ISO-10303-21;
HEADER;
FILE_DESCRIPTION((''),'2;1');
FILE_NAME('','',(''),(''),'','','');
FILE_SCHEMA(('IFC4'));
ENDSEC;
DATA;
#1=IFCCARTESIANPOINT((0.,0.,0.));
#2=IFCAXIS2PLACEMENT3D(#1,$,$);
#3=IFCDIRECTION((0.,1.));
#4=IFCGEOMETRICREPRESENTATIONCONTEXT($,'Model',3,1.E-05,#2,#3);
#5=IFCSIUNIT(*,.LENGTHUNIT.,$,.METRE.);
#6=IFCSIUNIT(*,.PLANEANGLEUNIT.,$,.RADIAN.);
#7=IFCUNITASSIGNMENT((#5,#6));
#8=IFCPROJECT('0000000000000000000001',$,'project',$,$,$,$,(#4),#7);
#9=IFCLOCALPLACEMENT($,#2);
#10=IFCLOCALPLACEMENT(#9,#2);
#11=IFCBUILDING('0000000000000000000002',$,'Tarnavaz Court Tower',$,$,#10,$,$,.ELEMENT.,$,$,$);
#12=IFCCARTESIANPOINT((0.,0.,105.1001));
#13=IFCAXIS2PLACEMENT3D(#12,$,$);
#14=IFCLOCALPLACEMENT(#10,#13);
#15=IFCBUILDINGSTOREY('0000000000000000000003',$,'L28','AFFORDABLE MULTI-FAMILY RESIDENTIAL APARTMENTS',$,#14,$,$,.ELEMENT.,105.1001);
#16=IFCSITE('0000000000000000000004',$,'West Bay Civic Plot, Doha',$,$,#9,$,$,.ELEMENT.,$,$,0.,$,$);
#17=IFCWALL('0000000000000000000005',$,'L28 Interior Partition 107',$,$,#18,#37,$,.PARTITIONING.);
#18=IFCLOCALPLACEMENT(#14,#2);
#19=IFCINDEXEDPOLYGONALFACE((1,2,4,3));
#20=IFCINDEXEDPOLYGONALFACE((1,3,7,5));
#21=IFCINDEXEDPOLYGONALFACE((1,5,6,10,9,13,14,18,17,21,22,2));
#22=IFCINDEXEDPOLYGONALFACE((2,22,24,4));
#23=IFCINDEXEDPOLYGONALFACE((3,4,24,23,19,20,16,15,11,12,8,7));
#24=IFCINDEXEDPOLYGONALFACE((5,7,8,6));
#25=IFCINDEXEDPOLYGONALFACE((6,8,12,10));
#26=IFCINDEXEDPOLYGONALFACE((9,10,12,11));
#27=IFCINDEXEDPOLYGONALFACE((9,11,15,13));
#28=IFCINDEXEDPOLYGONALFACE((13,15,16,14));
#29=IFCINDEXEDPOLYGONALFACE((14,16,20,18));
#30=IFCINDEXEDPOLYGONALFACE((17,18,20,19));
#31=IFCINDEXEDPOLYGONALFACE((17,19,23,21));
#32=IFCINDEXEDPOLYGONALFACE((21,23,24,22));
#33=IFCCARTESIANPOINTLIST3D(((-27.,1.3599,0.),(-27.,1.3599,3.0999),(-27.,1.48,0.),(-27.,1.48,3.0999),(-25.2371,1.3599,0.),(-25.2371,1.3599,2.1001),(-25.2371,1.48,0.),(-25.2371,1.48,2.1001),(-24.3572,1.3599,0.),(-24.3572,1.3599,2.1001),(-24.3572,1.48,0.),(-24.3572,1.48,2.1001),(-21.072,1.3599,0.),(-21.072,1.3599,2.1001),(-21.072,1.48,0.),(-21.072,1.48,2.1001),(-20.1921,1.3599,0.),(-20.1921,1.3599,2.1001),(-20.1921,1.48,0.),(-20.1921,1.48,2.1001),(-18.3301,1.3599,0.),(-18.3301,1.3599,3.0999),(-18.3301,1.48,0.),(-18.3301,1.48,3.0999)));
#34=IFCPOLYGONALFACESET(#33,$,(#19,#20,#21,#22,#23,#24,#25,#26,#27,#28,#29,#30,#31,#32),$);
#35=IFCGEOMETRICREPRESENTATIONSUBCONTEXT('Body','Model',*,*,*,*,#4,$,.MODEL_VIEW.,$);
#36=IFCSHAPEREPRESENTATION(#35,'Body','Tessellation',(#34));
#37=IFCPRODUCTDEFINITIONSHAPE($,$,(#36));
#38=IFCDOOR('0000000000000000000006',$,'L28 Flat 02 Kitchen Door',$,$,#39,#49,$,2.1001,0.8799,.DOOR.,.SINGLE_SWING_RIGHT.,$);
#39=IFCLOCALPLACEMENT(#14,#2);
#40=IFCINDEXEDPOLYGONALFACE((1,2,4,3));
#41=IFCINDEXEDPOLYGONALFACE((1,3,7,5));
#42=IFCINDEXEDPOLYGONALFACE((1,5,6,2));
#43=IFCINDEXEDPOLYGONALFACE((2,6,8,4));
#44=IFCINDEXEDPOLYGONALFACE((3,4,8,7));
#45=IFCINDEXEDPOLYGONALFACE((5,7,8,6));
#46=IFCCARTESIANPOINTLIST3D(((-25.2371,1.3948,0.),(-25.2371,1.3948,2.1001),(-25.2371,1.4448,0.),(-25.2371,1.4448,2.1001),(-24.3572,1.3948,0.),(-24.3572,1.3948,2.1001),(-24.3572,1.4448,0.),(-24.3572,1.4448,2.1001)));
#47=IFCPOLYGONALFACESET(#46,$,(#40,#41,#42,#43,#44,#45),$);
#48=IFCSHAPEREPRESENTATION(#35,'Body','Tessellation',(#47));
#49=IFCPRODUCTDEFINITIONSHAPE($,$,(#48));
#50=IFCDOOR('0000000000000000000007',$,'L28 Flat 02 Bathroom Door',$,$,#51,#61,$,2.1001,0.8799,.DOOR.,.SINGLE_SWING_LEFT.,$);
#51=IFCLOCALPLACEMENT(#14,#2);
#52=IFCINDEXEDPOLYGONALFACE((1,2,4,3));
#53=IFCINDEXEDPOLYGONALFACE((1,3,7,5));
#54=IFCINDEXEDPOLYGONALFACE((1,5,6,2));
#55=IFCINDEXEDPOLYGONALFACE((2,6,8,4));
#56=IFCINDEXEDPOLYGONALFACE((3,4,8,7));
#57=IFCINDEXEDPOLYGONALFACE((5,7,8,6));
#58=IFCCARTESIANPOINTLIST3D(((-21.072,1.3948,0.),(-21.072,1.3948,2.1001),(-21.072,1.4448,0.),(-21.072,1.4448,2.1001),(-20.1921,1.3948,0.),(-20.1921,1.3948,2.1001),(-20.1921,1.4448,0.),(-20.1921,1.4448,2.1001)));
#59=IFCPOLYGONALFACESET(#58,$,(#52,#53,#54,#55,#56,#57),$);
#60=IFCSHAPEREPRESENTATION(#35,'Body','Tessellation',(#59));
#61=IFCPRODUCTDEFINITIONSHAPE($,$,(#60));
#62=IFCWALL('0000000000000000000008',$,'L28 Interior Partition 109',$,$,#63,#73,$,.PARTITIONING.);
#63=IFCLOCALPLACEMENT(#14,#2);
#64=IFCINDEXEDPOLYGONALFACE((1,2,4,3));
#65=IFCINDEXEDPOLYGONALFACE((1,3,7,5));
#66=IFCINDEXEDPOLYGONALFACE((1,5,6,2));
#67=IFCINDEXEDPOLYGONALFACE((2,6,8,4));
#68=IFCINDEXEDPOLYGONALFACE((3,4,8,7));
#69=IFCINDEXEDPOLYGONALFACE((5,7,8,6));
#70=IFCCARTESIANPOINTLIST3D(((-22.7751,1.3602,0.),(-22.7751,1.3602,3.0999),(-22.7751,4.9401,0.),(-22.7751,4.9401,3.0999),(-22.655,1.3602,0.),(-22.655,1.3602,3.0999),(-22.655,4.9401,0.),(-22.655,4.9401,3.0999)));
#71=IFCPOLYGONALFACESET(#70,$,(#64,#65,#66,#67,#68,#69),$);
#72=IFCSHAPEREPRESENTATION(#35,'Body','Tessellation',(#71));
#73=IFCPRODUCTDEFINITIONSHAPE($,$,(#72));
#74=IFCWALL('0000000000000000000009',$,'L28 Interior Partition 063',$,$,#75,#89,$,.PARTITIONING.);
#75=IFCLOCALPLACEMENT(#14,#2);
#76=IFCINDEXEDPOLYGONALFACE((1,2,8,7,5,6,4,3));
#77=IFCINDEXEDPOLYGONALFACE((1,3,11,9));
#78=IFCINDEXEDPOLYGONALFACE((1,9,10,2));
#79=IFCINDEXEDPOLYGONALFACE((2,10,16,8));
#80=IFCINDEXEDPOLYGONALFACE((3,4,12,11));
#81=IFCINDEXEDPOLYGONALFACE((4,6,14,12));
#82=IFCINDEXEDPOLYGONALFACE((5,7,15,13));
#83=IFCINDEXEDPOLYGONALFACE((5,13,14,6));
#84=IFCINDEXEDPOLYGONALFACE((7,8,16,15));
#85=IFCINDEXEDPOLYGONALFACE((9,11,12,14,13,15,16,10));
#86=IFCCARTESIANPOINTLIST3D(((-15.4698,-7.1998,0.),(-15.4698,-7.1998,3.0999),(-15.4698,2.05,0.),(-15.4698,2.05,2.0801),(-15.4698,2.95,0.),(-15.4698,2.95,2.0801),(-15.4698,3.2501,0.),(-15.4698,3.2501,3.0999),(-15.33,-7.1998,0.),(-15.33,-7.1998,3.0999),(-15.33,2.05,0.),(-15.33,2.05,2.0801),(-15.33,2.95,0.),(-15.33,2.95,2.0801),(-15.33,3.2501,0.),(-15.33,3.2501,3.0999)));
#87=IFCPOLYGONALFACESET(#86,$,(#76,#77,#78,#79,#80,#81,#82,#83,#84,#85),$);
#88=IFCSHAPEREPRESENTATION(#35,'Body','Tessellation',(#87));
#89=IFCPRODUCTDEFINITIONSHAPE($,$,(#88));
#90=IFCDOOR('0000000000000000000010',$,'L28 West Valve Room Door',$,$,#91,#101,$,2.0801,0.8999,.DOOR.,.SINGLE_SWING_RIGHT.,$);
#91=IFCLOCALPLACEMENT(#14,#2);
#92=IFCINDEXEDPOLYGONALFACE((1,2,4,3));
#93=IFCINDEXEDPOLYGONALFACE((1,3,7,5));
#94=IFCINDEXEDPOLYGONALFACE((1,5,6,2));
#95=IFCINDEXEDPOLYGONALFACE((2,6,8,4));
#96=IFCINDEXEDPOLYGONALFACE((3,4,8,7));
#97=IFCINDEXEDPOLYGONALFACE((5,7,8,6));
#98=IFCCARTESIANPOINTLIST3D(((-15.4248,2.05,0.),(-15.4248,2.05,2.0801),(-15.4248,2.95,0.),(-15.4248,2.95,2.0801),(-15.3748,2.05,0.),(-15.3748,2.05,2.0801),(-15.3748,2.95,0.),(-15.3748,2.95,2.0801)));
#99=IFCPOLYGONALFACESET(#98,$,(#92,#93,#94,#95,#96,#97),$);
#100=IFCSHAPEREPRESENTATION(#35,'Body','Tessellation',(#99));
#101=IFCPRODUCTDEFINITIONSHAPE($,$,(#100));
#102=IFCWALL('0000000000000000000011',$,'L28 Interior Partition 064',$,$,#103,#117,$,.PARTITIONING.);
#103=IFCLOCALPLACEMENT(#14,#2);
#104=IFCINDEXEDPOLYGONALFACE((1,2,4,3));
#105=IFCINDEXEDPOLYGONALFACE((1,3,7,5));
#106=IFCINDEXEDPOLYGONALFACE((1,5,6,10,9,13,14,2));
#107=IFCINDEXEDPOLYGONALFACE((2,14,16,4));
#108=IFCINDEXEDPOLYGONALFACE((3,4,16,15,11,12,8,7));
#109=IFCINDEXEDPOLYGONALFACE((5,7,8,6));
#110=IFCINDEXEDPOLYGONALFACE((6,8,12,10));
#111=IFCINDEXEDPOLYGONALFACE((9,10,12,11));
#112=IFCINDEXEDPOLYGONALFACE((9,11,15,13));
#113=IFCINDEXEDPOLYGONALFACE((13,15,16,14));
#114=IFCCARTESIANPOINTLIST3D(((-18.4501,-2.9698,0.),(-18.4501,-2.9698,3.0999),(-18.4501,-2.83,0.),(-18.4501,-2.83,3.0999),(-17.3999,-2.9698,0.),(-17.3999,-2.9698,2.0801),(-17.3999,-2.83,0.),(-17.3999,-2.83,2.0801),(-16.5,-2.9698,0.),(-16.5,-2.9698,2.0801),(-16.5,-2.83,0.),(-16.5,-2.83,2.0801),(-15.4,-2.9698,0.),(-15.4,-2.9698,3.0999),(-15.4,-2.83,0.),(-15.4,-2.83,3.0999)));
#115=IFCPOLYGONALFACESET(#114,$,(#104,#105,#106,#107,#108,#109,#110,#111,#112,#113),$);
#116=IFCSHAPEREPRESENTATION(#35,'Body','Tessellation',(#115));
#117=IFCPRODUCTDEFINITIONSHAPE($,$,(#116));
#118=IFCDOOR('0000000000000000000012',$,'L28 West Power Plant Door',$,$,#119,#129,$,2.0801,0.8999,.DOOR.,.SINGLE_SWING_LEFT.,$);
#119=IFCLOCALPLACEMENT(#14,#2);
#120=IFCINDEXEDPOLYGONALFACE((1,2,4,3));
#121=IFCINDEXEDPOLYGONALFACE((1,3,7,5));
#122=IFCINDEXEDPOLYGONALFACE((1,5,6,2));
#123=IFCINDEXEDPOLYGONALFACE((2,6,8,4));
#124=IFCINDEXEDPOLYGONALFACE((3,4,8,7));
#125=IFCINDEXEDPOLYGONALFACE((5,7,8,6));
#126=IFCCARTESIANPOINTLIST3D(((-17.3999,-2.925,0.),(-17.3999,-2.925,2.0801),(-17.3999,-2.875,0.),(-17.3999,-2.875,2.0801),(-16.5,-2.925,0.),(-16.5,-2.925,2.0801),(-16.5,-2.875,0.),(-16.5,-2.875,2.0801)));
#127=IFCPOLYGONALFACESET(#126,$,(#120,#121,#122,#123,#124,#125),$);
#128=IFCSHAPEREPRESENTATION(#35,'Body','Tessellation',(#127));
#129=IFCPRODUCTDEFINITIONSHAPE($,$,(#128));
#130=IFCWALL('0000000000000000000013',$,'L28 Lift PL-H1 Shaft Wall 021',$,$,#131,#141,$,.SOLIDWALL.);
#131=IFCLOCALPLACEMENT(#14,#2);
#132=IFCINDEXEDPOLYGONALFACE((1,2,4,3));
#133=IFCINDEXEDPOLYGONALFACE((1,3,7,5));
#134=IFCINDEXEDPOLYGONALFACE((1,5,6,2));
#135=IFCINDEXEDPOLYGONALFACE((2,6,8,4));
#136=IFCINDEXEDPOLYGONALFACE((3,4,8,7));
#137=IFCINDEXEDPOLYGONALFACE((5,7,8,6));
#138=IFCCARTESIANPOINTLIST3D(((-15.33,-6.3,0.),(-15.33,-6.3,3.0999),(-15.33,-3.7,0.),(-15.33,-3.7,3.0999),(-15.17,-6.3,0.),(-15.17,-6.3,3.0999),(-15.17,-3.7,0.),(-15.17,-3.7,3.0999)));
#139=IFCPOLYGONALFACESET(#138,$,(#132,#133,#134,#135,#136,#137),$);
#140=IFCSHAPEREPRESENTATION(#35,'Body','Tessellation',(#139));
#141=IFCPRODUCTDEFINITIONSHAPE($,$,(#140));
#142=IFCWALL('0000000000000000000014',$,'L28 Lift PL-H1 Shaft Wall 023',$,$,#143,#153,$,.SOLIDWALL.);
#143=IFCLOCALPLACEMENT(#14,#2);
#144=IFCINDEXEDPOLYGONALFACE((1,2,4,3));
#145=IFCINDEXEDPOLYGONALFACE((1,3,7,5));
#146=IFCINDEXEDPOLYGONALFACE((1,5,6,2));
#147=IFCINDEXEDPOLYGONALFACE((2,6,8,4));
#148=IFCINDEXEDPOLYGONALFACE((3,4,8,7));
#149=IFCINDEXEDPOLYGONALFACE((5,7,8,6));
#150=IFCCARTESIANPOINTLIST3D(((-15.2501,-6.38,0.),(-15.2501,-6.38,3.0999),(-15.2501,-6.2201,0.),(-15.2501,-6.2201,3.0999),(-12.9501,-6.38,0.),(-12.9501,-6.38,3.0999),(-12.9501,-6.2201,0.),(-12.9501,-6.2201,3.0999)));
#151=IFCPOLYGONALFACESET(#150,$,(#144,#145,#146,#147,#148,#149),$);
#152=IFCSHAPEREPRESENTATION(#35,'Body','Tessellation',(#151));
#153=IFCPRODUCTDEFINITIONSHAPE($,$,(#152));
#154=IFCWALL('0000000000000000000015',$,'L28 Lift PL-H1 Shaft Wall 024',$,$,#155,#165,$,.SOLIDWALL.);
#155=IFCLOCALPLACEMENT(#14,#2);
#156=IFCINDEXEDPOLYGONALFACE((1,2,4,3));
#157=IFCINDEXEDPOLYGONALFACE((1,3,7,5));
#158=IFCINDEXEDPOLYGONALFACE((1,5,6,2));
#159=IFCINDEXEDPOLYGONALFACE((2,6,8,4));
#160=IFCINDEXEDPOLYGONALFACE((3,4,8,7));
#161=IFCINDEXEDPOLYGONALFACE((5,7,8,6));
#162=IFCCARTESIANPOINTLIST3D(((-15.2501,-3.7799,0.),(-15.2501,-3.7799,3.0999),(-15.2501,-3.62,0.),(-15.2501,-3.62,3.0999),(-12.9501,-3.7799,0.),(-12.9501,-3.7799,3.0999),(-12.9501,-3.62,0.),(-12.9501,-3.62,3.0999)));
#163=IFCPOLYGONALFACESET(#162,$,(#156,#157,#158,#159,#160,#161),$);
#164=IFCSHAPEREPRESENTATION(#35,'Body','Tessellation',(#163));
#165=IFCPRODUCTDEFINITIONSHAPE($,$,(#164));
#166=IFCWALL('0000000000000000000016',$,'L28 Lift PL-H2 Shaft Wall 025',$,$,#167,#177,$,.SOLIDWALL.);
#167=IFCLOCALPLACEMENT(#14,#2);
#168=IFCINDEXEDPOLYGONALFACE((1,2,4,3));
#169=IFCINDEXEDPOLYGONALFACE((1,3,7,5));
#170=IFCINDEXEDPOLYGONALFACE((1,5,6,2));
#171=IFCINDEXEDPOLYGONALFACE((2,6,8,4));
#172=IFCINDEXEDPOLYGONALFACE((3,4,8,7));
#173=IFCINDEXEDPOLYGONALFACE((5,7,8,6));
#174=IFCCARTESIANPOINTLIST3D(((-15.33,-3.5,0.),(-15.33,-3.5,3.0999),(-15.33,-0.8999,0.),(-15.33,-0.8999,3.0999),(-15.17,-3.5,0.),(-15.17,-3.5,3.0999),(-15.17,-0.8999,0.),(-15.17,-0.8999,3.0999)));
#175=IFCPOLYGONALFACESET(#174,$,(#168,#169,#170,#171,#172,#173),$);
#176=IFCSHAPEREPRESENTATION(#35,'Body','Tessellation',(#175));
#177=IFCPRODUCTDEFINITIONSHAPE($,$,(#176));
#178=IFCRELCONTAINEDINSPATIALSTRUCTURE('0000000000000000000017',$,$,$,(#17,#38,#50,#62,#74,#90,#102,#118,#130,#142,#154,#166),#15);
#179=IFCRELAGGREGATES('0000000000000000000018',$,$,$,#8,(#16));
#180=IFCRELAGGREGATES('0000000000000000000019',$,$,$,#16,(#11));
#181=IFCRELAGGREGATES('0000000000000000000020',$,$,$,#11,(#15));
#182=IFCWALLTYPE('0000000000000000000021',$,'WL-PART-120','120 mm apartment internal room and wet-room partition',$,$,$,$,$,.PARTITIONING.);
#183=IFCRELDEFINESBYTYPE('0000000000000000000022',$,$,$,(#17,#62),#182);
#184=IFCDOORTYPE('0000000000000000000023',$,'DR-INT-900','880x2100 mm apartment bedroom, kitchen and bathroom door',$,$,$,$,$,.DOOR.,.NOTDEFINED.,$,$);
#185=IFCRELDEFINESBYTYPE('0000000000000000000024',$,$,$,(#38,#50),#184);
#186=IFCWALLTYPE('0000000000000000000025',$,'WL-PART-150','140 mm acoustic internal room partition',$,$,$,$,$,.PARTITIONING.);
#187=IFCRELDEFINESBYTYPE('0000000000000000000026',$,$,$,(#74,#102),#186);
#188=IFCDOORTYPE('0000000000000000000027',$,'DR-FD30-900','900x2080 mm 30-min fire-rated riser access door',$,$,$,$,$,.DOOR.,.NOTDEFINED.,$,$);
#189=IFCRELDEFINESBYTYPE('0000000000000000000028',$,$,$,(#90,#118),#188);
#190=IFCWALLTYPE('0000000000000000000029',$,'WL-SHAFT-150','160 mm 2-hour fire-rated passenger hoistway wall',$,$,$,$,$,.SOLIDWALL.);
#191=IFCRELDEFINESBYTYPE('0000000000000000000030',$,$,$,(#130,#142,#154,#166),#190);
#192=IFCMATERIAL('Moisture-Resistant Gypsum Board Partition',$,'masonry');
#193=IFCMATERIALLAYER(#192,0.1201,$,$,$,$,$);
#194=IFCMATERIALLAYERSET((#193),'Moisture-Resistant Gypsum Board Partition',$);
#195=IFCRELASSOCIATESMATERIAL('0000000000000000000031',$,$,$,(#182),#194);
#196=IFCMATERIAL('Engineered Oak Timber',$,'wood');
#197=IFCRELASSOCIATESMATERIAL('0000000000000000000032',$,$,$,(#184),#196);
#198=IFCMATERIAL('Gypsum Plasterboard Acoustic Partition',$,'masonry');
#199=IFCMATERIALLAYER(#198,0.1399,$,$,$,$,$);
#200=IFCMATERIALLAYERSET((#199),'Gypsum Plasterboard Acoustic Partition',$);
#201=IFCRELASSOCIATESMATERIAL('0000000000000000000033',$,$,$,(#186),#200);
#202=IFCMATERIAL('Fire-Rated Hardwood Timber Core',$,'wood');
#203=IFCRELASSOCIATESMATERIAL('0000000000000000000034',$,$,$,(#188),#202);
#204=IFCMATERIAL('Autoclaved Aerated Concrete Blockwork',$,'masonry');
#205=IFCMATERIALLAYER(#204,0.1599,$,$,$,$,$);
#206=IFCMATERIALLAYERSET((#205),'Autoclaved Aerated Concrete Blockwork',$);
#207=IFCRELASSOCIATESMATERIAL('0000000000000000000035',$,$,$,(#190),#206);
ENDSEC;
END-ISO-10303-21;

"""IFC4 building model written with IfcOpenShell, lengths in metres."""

from ifc_helpers import new_model, si_unit, direction, frame, frame_2d, origin, place, context, subcontext, project, spatial, rectangle, extrude, material, layer, layer_set, type_object, element, fill, save


model = new_model("IFC4")

# Units and contexts
model_context = context("Model", 3, precision=1e-05, world=origin(), true_north=direction((0.0, 1.0)))
body_context = subcontext(model_context, "Body", "Model", "MODEL_VIEW")
ifc_project = project(units=[si_unit("LENGTHUNIT", "METRE"), si_unit("PLANEANGLEUNIT", "RADIAN")], contexts=[model_context])

# Site, building, storey
site_placement = place(None, origin())
site = spatial("IfcSite", under=ifc_project, at=site_placement, Name="West Bay Civic Plot, Doha", CompositionType="ELEMENT", RefElevation=0.0)
building_placement = place(site_placement, origin())
building = spatial("IfcBuilding", under=site, at=building_placement, Name="Tarnavaz Court Tower", CompositionType="ELEMENT")
storey_placement = place(building_placement, frame((0.0, 0.0, 105.1001)))
storey = spatial("IfcBuildingStorey", under=building, at=storey_placement, Name="L28", Description="AFFORDABLE MULTI-FAMILY RESIDENTIAL APARTMENTS", CompositionType="ELEMENT", Elevation=105.1001)

# Wall, openings, doors
ifc_material_1 = material(Name="Moisture-Resistant Gypsum Board Partition", Category="masonry")
ifc_layer_1 = layer(ifc_material_1, 0.1201)
ifc_layer_set_1 = layer_set([ifc_layer_1], Name="Moisture-Resistant Gypsum Board Partition")
wall_type_1 = type_object("IfcWallType", Name="WL-PART-120", Description="120 mm apartment internal room and wet-room partition", PredefinedType="PARTITIONING", material=ifc_layer_set_1)
wall_1_placement = place(storey_placement, frame((-27.0, 1.4199, 0.0), z_axis=(0.0, 0.0, 1.0), x_axis=(1.0, 0.0, 0.0)))
wall_1 = element("IfcWall", 1, at=wall_1_placement, inside=storey, type_object=wall_type_1, Name="L28 Interior Partition 107", PredefinedType="PARTITIONING", context=body_context, shape_type="SweptSolid", body=[
    extrude(rectangle(XDim=8.6699, YDim=0.1201, at=frame_2d((4.335, 0.0))), origin(), (0.0, 0.0, 1.0), 3.0999),
])
opening_1_placement = place(wall_1_placement, frame((1.7629, 0.0, 0.0)))
opening_1 = element("IfcOpeningElement", 2, at=opening_1_placement, cuts=wall_1, PredefinedType="OPENING", context=body_context, shape_type="SweptSolid", body=[
    extrude(rectangle(XDim=0.8799, YDim=2.1001, at=frame_2d((0.4399, 1.05))), frame((0.0, 0.0701, 0.0), z_axis=(0.0, -1.0, 0.0), x_axis=(1.0, 0.0, 0.0)), (0.0, 0.0, 1.0), 0.1401),
])
opening_2_placement = place(wall_1_placement, frame((5.928, 0.0, 0.0)))
opening_2 = element("IfcOpeningElement", 3, at=opening_2_placement, cuts=wall_1, PredefinedType="OPENING", context=body_context, shape_type="SweptSolid", body=[
    extrude(rectangle(XDim=0.8799, YDim=2.1001, at=frame_2d((0.4399, 1.05))), frame((0.0, 0.0701, 0.0), z_axis=(0.0, -1.0, 0.0), x_axis=(1.0, 0.0, 0.0)), (0.0, 0.0, 1.0), 0.1401),
])
ifc_material_2 = material(Name="Engineered Oak Timber", Category="wood")
door_type_1 = type_object("IfcDoorType", Name="DR-INT-900", Description="880x2100 mm apartment bedroom, kitchen and bathroom door", OperationType="NOTDEFINED", PredefinedType="DOOR", material=ifc_material_2)
door_1_placement = place(opening_1_placement, origin())
door_1 = element("IfcDoor", 4, at=door_1_placement, inside=storey, type_object=door_type_1, Name="L28 Flat 02 Kitchen Door", OperationType="SINGLE_SWING_RIGHT", OverallHeight=2.1001, OverallWidth=0.8799, PredefinedType="DOOR", context=body_context, shape_type="SweptSolid", body=[
    extrude(rectangle(XDim=0.8799, YDim=2.1001, at=frame_2d((0.4399, 1.05))), frame((0.0, 0.0249, 0.0), z_axis=(0.0, -1.0, 0.0), x_axis=(1.0, 0.0, 0.0)), (0.0, 0.0, 1.0), 0.05),
])
fill(opening_1, door_1)
door_2_placement = place(opening_2_placement, origin())
door_2 = element("IfcDoor", 5, at=door_2_placement, inside=storey, type_object=door_type_1, Name="L28 Flat 02 Bathroom Door", OperationType="SINGLE_SWING_LEFT", OverallHeight=2.1001, OverallWidth=0.8799, PredefinedType="DOOR", context=body_context, shape_type="SweptSolid", body=[
    extrude(rectangle(XDim=0.8799, YDim=2.1001, at=frame_2d((0.4399, 1.05))), frame((0.0, 0.0249, 0.0), z_axis=(0.0, -1.0, 0.0), x_axis=(1.0, 0.0, 0.0)), (0.0, 0.0, 1.0), 0.05),
])
fill(opening_2, door_2)

# Wall
wall_2_placement = place(storey_placement, frame((-22.7151, 1.3601, 0.0), z_axis=(0.0, 0.0, 1.0), x_axis=(0.0, 1.0, 0.0)))
element("IfcWall", 6, at=wall_2_placement, inside=storey, type_object=wall_type_1, Name="L28 Interior Partition 109", PredefinedType="PARTITIONING", context=body_context, shape_type="SweptSolid", body=[
    extrude(rectangle(XDim=3.5798, YDim=0.1201, at=frame_2d((1.79, 0.0))), origin(), (0.0, 0.0, 1.0), 3.0999),
])

# Walls, openings, doors
ifc_material_3 = material(Name="Gypsum Plasterboard Acoustic Partition", Category="masonry")
ifc_layer_2 = layer(ifc_material_3, 0.1399)
ifc_layer_set_2 = layer_set([ifc_layer_2], Name="Gypsum Plasterboard Acoustic Partition")
wall_type_2 = type_object("IfcWallType", Name="WL-PART-150", Description="140 mm acoustic internal room partition", PredefinedType="PARTITIONING", material=ifc_layer_set_2)
wall_3_placement = place(storey_placement, frame((-15.3999, -7.2, 0.0), z_axis=(0.0, 0.0, 1.0), x_axis=(0.0, 1.0, 0.0)))
wall_3 = element("IfcWall", 7, at=wall_3_placement, inside=storey, type_object=wall_type_2, Name="L28 Interior Partition 063", PredefinedType="PARTITIONING", context=body_context, shape_type="SweptSolid", body=[
    extrude(rectangle(XDim=10.45, YDim=0.1399, at=frame_2d((5.2251, 0.0))), origin(), (0.0, 0.0, 1.0), 3.0999),
])
opening_3_placement = place(wall_3_placement, frame((9.25, 0.0, 0.0)))
opening_3 = element("IfcOpeningElement", 8, at=opening_3_placement, cuts=wall_3, PredefinedType="OPENING", context=body_context, shape_type="SweptSolid", body=[
    extrude(rectangle(XDim=0.8999, YDim=2.0801, at=frame_2d((0.45, 1.04))), frame((0.0, 0.0798, 0.0), z_axis=(0.0, -1.0, 0.0), x_axis=(1.0, 0.0, 0.0)), (0.0, 0.0, 1.0), 0.1599),
])
ifc_material_4 = material(Name="Fire-Rated Hardwood Timber Core", Category="wood")
door_type_2 = type_object("IfcDoorType", Name="DR-FD30-900", Description="900x2080 mm 30-min fire-rated riser access door", OperationType="NOTDEFINED", PredefinedType="DOOR", material=ifc_material_4)
door_3_placement = place(opening_3_placement, origin())
door_3 = element("IfcDoor", 9, at=door_3_placement, inside=storey, type_object=door_type_2, Name="L28 West Valve Room Door", OperationType="SINGLE_SWING_RIGHT", OverallHeight=2.0801, OverallWidth=0.8999, PredefinedType="DOOR", context=body_context, shape_type="SweptSolid", body=[
    extrude(rectangle(XDim=0.8999, YDim=2.0801, at=frame_2d((0.45, 1.04))), frame((0.0, 0.0249, 0.0), z_axis=(0.0, -1.0, 0.0), x_axis=(1.0, 0.0, 0.0)), (0.0, 0.0, 1.0), 0.05),
])
fill(opening_3, door_3)
wall_4_placement = place(storey_placement, frame((-18.45, -2.8999, 0.0), z_axis=(0.0, 0.0, 1.0), x_axis=(1.0, 0.0, 0.0)))
wall_4 = element("IfcWall", 10, at=wall_4_placement, inside=storey, type_object=wall_type_2, Name="L28 Interior Partition 064", PredefinedType="PARTITIONING", context=body_context, shape_type="SweptSolid", body=[
    extrude(rectangle(XDim=3.05, YDim=0.1399, at=frame_2d((1.5249, 0.0))), origin(), (0.0, 0.0, 1.0), 3.0999),
])
opening_4_placement = place(wall_4_placement, frame((1.05, 0.0, 0.0)))
opening_4 = element("IfcOpeningElement", 11, at=opening_4_placement, cuts=wall_4, PredefinedType="OPENING", context=body_context, shape_type="SweptSolid", body=[
    extrude(rectangle(XDim=0.8999, YDim=2.0801, at=frame_2d((0.45, 1.04))), frame((0.0, 0.0798, 0.0), z_axis=(0.0, -1.0, 0.0), x_axis=(1.0, 0.0, 0.0)), (0.0, 0.0, 1.0), 0.1599),
])
door_4_placement = place(opening_4_placement, origin())
door_4 = element("IfcDoor", 12, at=door_4_placement, inside=storey, type_object=door_type_2, Name="L28 West Power Plant Door", OperationType="SINGLE_SWING_LEFT", OverallHeight=2.0801, OverallWidth=0.8999, PredefinedType="DOOR", context=body_context, shape_type="SweptSolid", body=[
    extrude(rectangle(XDim=0.8999, YDim=2.0801, at=frame_2d((0.45, 1.04))), frame((0.0, 0.0249, 0.0), z_axis=(0.0, -1.0, 0.0), x_axis=(1.0, 0.0, 0.0)), (0.0, 0.0, 1.0), 0.05),
])
fill(opening_4, door_4)

# Walls
ifc_material_5 = material(Name="Autoclaved Aerated Concrete Blockwork", Category="masonry")
ifc_layer_3 = layer(ifc_material_5, 0.1599)
ifc_layer_set_3 = layer_set([ifc_layer_3], Name="Autoclaved Aerated Concrete Blockwork")
wall_type_3 = type_object("IfcWallType", Name="WL-SHAFT-150", Description="160 mm 2-hour fire-rated passenger hoistway wall", PredefinedType="SOLIDWALL", material=ifc_layer_set_3)
wall_5_placement = place(storey_placement, frame((-15.25, -6.3, 0.0), z_axis=(0.0, 0.0, 1.0), x_axis=(0.0, 1.0, 0.0)))
element("IfcWall", 13, at=wall_5_placement, inside=storey, type_object=wall_type_3, Name="L28 Lift PL-H1 Shaft Wall 021", PredefinedType="SOLIDWALL", context=body_context, shape_type="SweptSolid", body=[
    extrude(rectangle(XDim=2.6001, YDim=0.1599, at=frame_2d((1.3, 0.0))), origin(), (0.0, 0.0, 1.0), 3.0999),
])
for number, where, z_axis, x_axis, name in (
    (14, (-15.25, -6.3, 0.0), (0.0, 0.0, 1.0), (1.0, 0.0, 0.0), "L28 Lift PL-H1 Shaft Wall 023"),
    (15, (-15.25, -3.7, 0.0), (0.0, 0.0, 1.0), (1.0, 0.0, 0.0), "L28 Lift PL-H1 Shaft Wall 024"),
):
    element("IfcWall", number, at=place(storey_placement, frame(where, z_axis=z_axis, x_axis=x_axis)), inside=storey, type_object=wall_type_3, Name=name, PredefinedType="SOLIDWALL", context=body_context, shape_type="SweptSolid", body=[
        extrude(rectangle(XDim=2.3, YDim=0.1599, at=frame_2d((1.1499, 0.0))), origin(), (0.0, 0.0, 1.0), 3.0999),
    ])
wall_6_placement = place(storey_placement, frame((-15.25, -3.5, 0.0), z_axis=(0.0, 0.0, 1.0), x_axis=(0.0, 1.0, 0.0)))
element("IfcWall", 16, at=wall_6_placement, inside=storey, type_object=wall_type_3, Name="L28 Lift PL-H2 Shaft Wall 025", PredefinedType="SOLIDWALL", context=body_context, shape_type="SweptSolid", body=[
    extrude(rectangle(XDim=2.6001, YDim=0.1599, at=frame_2d((1.3, 0.0))), origin(), (0.0, 0.0, 1.0), 3.0999),
])

save(model, "model.ifc")
